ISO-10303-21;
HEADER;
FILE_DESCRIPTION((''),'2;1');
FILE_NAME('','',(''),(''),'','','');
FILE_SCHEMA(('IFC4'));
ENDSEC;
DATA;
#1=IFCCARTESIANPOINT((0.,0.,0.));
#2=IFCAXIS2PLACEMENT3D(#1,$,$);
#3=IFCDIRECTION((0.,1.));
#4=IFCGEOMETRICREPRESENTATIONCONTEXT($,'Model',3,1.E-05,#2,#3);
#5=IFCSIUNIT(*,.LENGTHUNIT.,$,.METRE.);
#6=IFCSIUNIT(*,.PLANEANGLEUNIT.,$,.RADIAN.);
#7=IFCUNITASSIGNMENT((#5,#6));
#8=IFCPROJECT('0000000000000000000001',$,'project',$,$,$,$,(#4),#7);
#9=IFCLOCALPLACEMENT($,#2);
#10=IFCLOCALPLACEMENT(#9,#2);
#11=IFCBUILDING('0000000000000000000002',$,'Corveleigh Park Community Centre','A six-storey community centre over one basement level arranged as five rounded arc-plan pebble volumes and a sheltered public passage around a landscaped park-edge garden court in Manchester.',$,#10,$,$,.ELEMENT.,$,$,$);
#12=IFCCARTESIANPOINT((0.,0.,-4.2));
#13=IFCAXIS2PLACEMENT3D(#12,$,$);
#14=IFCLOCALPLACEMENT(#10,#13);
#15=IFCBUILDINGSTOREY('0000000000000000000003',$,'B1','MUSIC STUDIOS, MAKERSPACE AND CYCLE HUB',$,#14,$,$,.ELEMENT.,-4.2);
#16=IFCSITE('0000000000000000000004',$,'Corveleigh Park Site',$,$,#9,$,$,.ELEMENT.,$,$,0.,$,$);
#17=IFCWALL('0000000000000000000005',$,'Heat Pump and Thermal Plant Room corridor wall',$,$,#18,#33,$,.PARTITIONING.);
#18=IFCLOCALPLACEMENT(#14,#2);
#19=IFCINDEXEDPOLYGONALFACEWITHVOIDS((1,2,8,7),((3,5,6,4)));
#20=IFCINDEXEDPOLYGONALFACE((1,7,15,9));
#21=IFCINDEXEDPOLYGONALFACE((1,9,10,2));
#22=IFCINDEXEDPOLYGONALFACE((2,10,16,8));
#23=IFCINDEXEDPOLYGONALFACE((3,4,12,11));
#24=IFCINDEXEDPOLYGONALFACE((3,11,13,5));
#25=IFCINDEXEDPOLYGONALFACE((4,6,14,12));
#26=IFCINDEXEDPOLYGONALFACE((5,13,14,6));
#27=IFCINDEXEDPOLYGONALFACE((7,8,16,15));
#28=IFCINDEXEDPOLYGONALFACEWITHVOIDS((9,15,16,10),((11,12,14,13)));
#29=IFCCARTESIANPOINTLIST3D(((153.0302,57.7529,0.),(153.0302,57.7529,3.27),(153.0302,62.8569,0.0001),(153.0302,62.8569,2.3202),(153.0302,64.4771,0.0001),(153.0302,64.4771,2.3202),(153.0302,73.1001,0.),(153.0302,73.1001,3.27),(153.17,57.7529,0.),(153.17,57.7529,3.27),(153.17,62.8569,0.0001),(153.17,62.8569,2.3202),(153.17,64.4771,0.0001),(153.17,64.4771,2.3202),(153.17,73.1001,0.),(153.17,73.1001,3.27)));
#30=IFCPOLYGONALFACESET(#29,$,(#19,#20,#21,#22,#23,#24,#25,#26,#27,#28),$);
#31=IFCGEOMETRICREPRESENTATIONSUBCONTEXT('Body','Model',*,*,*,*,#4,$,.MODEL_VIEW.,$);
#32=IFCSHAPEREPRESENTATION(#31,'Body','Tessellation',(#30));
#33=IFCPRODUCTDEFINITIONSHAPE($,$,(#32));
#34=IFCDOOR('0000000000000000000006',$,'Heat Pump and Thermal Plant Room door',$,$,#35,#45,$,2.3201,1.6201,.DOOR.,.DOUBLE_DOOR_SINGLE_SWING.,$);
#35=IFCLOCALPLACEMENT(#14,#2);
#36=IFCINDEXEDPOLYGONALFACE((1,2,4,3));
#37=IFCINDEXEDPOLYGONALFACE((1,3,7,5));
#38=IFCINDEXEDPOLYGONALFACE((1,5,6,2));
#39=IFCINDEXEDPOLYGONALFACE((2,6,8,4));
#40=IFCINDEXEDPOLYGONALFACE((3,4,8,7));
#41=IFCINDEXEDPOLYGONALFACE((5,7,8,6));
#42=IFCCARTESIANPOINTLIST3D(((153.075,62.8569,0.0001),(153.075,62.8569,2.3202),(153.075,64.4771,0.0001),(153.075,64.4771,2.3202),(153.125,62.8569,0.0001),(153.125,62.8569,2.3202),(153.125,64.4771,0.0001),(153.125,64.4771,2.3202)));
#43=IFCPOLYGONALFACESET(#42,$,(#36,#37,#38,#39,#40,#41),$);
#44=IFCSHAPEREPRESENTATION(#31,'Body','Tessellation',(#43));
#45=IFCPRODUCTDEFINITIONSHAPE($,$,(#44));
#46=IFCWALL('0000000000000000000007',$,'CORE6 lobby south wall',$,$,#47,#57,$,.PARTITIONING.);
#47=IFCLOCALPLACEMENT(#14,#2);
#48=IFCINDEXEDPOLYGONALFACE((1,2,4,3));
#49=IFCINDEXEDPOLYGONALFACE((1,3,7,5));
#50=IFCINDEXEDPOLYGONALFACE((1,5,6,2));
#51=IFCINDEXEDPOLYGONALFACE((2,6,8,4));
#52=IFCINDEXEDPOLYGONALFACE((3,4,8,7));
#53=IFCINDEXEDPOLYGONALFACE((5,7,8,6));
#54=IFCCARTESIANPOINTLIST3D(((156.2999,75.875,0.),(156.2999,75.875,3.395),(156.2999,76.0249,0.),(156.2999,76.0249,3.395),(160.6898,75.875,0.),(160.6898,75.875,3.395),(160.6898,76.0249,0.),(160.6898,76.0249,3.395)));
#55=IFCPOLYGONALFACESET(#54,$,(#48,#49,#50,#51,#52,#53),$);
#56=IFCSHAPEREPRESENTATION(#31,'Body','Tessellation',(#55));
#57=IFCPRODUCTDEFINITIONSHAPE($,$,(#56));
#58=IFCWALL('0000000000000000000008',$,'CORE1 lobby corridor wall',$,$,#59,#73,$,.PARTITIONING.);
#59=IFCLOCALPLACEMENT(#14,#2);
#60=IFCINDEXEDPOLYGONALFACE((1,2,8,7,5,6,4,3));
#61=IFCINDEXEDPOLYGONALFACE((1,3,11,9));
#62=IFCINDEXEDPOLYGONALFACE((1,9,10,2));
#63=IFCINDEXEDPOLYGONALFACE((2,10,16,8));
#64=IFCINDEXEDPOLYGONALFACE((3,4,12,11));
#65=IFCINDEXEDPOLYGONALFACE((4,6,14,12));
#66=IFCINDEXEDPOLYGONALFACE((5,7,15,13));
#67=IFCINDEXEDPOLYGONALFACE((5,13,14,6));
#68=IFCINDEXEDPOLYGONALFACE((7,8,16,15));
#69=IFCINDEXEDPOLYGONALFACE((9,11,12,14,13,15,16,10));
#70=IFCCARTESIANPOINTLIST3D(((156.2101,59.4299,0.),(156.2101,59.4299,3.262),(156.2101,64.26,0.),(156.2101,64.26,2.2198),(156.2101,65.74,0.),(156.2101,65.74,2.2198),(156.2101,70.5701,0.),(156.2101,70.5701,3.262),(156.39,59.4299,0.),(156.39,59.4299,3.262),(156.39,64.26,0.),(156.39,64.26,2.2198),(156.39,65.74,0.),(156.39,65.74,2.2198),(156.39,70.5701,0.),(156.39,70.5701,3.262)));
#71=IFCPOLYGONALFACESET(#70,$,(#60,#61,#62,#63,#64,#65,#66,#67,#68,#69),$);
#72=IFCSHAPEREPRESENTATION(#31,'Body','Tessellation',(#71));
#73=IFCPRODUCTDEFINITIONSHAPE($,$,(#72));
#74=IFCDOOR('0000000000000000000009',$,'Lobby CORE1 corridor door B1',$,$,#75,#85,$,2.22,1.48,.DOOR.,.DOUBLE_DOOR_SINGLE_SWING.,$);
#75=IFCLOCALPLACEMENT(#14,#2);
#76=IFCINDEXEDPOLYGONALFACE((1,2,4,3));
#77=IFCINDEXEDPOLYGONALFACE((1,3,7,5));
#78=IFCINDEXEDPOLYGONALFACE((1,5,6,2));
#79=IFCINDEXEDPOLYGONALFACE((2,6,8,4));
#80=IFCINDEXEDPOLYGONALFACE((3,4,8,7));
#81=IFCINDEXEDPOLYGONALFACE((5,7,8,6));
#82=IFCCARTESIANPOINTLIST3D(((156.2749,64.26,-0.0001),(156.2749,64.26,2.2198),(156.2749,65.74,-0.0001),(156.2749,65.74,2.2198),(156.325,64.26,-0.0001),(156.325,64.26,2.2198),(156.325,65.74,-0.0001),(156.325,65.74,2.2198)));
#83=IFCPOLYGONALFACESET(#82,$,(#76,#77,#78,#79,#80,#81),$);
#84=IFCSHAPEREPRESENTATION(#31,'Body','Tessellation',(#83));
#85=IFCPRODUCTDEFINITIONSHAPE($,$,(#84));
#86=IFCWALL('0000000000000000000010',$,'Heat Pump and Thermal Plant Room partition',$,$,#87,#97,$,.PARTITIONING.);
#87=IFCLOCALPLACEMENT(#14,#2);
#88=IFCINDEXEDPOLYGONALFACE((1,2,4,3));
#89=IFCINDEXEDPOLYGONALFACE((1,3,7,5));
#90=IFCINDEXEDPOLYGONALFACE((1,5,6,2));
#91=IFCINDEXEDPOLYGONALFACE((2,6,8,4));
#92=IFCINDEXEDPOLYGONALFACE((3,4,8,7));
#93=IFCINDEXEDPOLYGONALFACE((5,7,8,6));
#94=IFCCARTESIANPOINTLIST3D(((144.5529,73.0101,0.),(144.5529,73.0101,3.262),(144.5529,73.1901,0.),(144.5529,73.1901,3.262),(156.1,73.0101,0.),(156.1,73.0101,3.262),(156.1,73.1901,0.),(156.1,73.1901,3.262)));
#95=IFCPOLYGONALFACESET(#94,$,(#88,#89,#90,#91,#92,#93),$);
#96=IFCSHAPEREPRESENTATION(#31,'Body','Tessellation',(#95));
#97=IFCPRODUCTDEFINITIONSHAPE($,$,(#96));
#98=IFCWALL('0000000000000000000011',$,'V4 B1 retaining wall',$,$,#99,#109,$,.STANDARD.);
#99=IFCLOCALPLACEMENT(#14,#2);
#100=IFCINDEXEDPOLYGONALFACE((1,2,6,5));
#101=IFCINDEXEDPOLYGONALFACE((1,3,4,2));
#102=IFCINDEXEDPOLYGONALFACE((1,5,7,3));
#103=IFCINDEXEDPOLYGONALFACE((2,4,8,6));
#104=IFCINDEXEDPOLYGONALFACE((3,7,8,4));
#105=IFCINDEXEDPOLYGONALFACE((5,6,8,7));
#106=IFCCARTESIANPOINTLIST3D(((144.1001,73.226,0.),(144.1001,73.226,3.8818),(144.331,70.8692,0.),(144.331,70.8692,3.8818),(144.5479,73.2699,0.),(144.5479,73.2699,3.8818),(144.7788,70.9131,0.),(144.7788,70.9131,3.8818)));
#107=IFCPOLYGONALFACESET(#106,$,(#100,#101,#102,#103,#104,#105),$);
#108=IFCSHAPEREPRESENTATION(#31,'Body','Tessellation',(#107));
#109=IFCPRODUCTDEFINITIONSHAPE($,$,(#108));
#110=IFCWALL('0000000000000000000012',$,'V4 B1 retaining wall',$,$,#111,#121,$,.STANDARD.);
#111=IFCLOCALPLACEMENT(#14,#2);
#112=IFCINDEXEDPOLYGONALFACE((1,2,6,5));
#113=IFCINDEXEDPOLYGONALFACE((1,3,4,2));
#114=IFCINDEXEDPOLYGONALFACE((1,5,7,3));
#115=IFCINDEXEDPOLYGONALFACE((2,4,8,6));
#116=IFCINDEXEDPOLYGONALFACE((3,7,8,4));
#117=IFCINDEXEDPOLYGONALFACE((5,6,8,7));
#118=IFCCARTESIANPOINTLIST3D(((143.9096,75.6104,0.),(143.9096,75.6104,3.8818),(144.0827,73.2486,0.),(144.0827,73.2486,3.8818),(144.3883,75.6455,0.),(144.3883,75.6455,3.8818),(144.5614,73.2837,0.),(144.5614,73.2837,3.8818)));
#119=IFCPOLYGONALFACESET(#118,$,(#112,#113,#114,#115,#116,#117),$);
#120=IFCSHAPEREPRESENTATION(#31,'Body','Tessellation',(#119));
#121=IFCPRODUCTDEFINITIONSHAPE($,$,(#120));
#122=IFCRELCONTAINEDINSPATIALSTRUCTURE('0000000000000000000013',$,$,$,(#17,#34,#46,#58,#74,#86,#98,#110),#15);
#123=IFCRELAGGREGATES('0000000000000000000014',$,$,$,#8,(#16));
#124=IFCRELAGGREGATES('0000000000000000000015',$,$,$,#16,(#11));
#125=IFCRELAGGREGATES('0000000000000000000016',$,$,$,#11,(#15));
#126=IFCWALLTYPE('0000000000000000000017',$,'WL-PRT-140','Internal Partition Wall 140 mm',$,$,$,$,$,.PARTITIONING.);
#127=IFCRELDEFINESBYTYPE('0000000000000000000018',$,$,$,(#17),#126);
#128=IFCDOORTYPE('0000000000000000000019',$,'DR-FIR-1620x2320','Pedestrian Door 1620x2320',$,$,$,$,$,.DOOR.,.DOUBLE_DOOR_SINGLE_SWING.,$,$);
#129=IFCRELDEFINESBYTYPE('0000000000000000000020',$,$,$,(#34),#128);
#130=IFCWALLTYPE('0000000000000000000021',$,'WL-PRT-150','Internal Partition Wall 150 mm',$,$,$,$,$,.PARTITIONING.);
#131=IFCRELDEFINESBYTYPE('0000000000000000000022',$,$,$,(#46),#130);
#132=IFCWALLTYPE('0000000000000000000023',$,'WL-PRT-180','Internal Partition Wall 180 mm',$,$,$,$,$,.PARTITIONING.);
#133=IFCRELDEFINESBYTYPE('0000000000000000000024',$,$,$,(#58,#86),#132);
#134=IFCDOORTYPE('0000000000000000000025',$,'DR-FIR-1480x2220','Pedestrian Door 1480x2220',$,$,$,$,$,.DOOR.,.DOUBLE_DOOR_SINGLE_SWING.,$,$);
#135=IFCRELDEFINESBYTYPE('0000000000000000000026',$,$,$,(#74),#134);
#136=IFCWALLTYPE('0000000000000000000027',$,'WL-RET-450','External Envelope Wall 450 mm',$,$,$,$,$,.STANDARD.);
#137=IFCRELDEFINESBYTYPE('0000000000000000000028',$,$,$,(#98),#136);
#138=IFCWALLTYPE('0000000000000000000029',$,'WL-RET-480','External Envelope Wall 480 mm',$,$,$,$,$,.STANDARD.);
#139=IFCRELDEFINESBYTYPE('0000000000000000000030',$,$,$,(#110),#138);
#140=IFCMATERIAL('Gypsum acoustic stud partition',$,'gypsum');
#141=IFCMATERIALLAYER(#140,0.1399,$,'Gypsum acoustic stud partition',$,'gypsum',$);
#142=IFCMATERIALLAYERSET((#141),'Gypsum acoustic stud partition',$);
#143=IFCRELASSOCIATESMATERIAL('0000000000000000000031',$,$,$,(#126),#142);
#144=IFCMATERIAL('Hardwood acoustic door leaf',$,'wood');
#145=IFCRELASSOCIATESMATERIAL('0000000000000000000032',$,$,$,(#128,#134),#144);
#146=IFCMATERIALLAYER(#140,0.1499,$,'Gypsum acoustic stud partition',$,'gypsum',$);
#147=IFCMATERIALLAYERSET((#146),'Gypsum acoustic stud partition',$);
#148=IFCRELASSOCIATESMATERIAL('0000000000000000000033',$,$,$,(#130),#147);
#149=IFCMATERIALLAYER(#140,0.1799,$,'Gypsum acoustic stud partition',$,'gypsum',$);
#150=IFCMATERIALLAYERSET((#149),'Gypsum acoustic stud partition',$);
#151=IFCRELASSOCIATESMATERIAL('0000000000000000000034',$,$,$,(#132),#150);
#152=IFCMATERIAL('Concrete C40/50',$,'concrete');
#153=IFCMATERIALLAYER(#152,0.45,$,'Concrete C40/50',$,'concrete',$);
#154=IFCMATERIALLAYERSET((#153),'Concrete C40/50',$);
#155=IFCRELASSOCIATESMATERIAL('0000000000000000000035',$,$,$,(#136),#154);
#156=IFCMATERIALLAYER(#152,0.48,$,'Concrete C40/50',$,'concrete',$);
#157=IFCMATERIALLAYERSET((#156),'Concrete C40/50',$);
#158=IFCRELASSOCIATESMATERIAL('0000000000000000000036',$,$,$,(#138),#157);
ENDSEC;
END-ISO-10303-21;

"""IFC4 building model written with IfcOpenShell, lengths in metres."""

from ifc_helpers import new_model, si_unit, direction, frame, frame_2d, origin, place, context, subcontext, project, spatial, rectangle, extrude, material, layer, layer_set, type_object, element, fill, save


model = new_model("IFC4")

# Units and contexts
model_context = context("Model", 3, precision=1e-05, world=origin(), true_north=direction((0.0, 1.0)))
body_context = subcontext(model_context, "Body", "Model", "MODEL_VIEW")
ifc_project = project(units=[si_unit("LENGTHUNIT", "METRE"), si_unit("PLANEANGLEUNIT", "RADIAN")], contexts=[model_context])

# Site, building, storey
site_placement = place(None, origin())
site = spatial("IfcSite", under=ifc_project, at=site_placement, Name="Corveleigh Park Site", CompositionType="ELEMENT", RefElevation=0.0)
building_placement = place(site_placement, origin())
building = spatial("IfcBuilding", under=site, at=building_placement, Name="Corveleigh Park Community Centre", Description="A six-storey community centre over one basement level arranged as five rounded arc-plan pebble volumes and a sheltered public passage around a landscaped park-edge garden court in Manchester.", CompositionType="ELEMENT")
storey_placement = place(building_placement, frame((0.0, 0.0, -4.2)))
storey = spatial("IfcBuildingStorey", under=building, at=storey_placement, Name="B1", Description="MUSIC STUDIOS, MAKERSPACE AND CYCLE HUB", CompositionType="ELEMENT", Elevation=-4.2)

# Shared definitions
ifc_material_1 = material(Name="Concrete C40/50", Category="concrete")

# Wall, opening, door
ifc_material_2 = material(Name="Gypsum acoustic stud partition", Category="gypsum")
ifc_layer_1 = layer(ifc_material_2, 0.1399, Name="Gypsum acoustic stud partition", Category="gypsum")
ifc_layer_set_1 = layer_set([ifc_layer_1], Name="Gypsum acoustic stud partition")
wall_type_1 = type_object("IfcWallType", Name="WL-PRT-140", Description="Internal Partition Wall 140 mm", PredefinedType="PARTITIONING", material=ifc_layer_set_1)
wall_1_placement = place(storey_placement, frame((153.1001, 73.1001, 0.0), z_axis=(0.0, 0.0, 1.0), x_axis=(0.0, -1.0, 0.0)))
wall_1 = element("IfcWall", 1, at=wall_1_placement, inside=storey, type_object=wall_type_1, Name="Heat Pump and Thermal Plant Room corridor wall", PredefinedType="PARTITIONING", context=body_context, shape_type="SweptSolid", body=[
    extrude(rectangle(XDim=15.3472, YDim=0.1399, at=frame_2d((7.6736, 0.0))), origin(), (0.0, 0.0, 1.0), 3.27),
])
opening_1_placement = place(wall_1_placement, frame((8.623, 0.0, 0.0)))
opening_1 = element("IfcOpeningElement", 2, at=opening_1_placement, cuts=wall_1, PredefinedType="OPENING", context=body_context, shape_type="SweptSolid", body=[
    extrude(rectangle(XDim=1.6201, YDim=2.3201, at=frame_2d((0.8101, 1.1602))), frame((0.0, 0.0798, 0.0), z_axis=(0.0, -1.0, 0.0), x_axis=(1.0, 0.0, 0.0)), (0.0, 0.0, 1.0), 0.1599),
])
ifc_material_3 = material(Name="Hardwood acoustic door leaf", Category="wood")
door_type_1 = type_object("IfcDoorType", Name="DR-FIR-1620x2320", Description="Pedestrian Door 1620x2320", OperationType="DOUBLE_DOOR_SINGLE_SWING", PredefinedType="DOOR", material=ifc_material_3)
door_1_placement = place(opening_1_placement, origin())
door_1 = element("IfcDoor", 3, at=door_1_placement, inside=storey, type_object=door_type_1, Name="Heat Pump and Thermal Plant Room door", OperationType="DOUBLE_DOOR_SINGLE_SWING", OverallHeight=2.3201, OverallWidth=1.6201, PredefinedType="DOOR", context=body_context, shape_type="SweptSolid", body=[
    extrude(rectangle(XDim=1.6201, YDim=2.3201, at=frame_2d((0.8101, 1.1602))), frame((0.0, 0.0249, 0.0), z_axis=(0.0, -1.0, 0.0), x_axis=(1.0, 0.0, 0.0)), (0.0, 0.0, 1.0), 0.05),
])
fill(opening_1, door_1)

# Wall
ifc_layer_2 = layer(ifc_material_2, 0.1499, Name="Gypsum acoustic stud partition", Category="gypsum")
ifc_layer_set_2 = layer_set([ifc_layer_2], Name="Gypsum acoustic stud partition")
wall_type_2 = type_object("IfcWallType", Name="WL-PRT-150", Description="Internal Partition Wall 150 mm", PredefinedType="PARTITIONING", material=ifc_layer_set_2)
wall_2_placement = place(storey_placement, frame((156.3, 75.95, 0.0), z_axis=(0.0, 0.0, 1.0), x_axis=(1.0, 0.0, 0.0)))
element("IfcWall", 4, at=wall_2_placement, inside=storey, type_object=wall_type_2, Name="CORE6 lobby south wall", PredefinedType="PARTITIONING", context=body_context, shape_type="SweptSolid", body=[
    extrude(rectangle(XDim=4.3899, YDim=0.1499, at=frame_2d((2.1948, 0.0))), origin(), (0.0, 0.0, 1.0), 3.395),
])

# Wall, opening, door
ifc_layer_3 = layer(ifc_material_2, 0.1799, Name="Gypsum acoustic stud partition", Category="gypsum")
ifc_layer_set_3 = layer_set([ifc_layer_3], Name="Gypsum acoustic stud partition")
wall_type_3 = type_object("IfcWallType", Name="WL-PRT-180", Description="Internal Partition Wall 180 mm", PredefinedType="PARTITIONING", material=ifc_layer_set_3)
wall_3_placement = place(storey_placement, frame((156.3, 70.5701, 0.0), z_axis=(0.0, 0.0, 1.0), x_axis=(0.0, -1.0, 0.0)))
wall_3 = element("IfcWall", 5, at=wall_3_placement, inside=storey, type_object=wall_type_3, Name="CORE1 lobby corridor wall", PredefinedType="PARTITIONING", context=body_context, shape_type="SweptSolid", body=[
    extrude(rectangle(XDim=11.1401, YDim=0.1799, at=frame_2d((5.5701, 0.0))), origin(), (0.0, 0.0, 1.0), 3.262),
])
opening_2_placement = place(wall_3_placement, frame((4.8301, 0.0, 0.0)))
opening_2 = element("IfcOpeningElement", 6, at=opening_2_placement, cuts=wall_3, PredefinedType="OPENING", context=body_context, shape_type="SweptSolid", body=[
    extrude(rectangle(XDim=1.48, YDim=2.22, at=frame_2d((0.74, 1.1099))), frame((0.0, 0.0999, 0.0), z_axis=(0.0, -1.0, 0.0), x_axis=(1.0, 0.0, 0.0)), (0.0, 0.0, 1.0), 0.2),
])
door_type_2 = type_object("IfcDoorType", Name="DR-FIR-1480x2220", Description="Pedestrian Door 1480x2220", OperationType="DOUBLE_DOOR_SINGLE_SWING", PredefinedType="DOOR", material=ifc_material_3)
door_2_placement = place(opening_2_placement, origin())
door_2 = element("IfcDoor", 7, at=door_2_placement, inside=storey, type_object=door_type_2, Name="Lobby CORE1 corridor door B1", OperationType="DOUBLE_DOOR_SINGLE_SWING", OverallHeight=2.22, OverallWidth=1.48, PredefinedType="DOOR", context=body_context, shape_type="SweptSolid", body=[
    extrude(rectangle(XDim=1.48, YDim=2.22, at=frame_2d((0.74, 1.1099))), frame((0.0, 0.0249, 0.0), z_axis=(0.0, -1.0, 0.0), x_axis=(1.0, 0.0, 0.0)), (0.0, 0.0, 1.0), 0.05),
])
fill(opening_2, door_2)

# Walls
wall_4_placement = place(storey_placement, frame((144.553, 73.1001, 0.0), z_axis=(0.0, 0.0, 1.0), x_axis=(1.0, 0.0, 0.0)))
element("IfcWall", 8, at=wall_4_placement, inside=storey, type_object=wall_type_3, Name="Heat Pump and Thermal Plant Room partition", PredefinedType="PARTITIONING", context=body_context, shape_type="SweptSolid", body=[
    extrude(rectangle(XDim=11.5471, YDim=0.1799, at=frame_2d((5.7734, 0.0))), origin(), (0.0, 0.0, 1.0), 3.262),
])
ifc_layer_4 = layer(ifc_material_1, 0.45, Name="Concrete C40/50", Category="concrete")
ifc_layer_set_4 = layer_set([ifc_layer_4], Name="Concrete C40/50")
wall_type_4 = type_object("IfcWallType", Name="WL-RET-450", Description="External Envelope Wall 450 mm", PredefinedType="STANDARD", material=ifc_layer_set_4)
wall_5_placement = place(storey_placement, frame((144.5549, 70.8911, 0.0), z_axis=(0.0, 0.0, 1.0), x_axis=(-0.097523, 0.995233, 0.0)))
element("IfcWall", 9, at=wall_5_placement, inside=storey, type_object=wall_type_4, Name="V4 B1 retaining wall", PredefinedType="STANDARD", context=body_context, shape_type="SweptSolid", body=[
    extrude(rectangle(XDim=2.3682, YDim=0.45, at=frame_2d((1.1841, 0.0))), origin(), (0.0, 0.0, 1.0), 3.8818),
])
ifc_layer_5 = layer(ifc_material_1, 0.48, Name="Concrete C40/50", Category="concrete")
ifc_layer_set_5 = layer_set([ifc_layer_5], Name="Concrete C40/50")
wall_type_5 = type_object("IfcWallType", Name="WL-RET-480", Description="External Envelope Wall 480 mm", PredefinedType="STANDARD", material=ifc_layer_set_5)
wall_6_placement = place(storey_placement, frame((144.322, 73.2661, 0.0), z_axis=(0.0, 0.0, 1.0), x_axis=(-0.073093, 0.997325, 0.0)))
element("IfcWall", 10, at=wall_6_placement, inside=storey, type_object=wall_type_5, Name="V4 B1 retaining wall", PredefinedType="STANDARD", context=body_context, shape_type="SweptSolid", body=[
    extrude(rectangle(XDim=2.3682, YDim=0.48, at=frame_2d((1.1841, 0.0))), origin(), (0.0, 0.0, 1.0), 3.8818),
])

save(model, "model.ifc")
